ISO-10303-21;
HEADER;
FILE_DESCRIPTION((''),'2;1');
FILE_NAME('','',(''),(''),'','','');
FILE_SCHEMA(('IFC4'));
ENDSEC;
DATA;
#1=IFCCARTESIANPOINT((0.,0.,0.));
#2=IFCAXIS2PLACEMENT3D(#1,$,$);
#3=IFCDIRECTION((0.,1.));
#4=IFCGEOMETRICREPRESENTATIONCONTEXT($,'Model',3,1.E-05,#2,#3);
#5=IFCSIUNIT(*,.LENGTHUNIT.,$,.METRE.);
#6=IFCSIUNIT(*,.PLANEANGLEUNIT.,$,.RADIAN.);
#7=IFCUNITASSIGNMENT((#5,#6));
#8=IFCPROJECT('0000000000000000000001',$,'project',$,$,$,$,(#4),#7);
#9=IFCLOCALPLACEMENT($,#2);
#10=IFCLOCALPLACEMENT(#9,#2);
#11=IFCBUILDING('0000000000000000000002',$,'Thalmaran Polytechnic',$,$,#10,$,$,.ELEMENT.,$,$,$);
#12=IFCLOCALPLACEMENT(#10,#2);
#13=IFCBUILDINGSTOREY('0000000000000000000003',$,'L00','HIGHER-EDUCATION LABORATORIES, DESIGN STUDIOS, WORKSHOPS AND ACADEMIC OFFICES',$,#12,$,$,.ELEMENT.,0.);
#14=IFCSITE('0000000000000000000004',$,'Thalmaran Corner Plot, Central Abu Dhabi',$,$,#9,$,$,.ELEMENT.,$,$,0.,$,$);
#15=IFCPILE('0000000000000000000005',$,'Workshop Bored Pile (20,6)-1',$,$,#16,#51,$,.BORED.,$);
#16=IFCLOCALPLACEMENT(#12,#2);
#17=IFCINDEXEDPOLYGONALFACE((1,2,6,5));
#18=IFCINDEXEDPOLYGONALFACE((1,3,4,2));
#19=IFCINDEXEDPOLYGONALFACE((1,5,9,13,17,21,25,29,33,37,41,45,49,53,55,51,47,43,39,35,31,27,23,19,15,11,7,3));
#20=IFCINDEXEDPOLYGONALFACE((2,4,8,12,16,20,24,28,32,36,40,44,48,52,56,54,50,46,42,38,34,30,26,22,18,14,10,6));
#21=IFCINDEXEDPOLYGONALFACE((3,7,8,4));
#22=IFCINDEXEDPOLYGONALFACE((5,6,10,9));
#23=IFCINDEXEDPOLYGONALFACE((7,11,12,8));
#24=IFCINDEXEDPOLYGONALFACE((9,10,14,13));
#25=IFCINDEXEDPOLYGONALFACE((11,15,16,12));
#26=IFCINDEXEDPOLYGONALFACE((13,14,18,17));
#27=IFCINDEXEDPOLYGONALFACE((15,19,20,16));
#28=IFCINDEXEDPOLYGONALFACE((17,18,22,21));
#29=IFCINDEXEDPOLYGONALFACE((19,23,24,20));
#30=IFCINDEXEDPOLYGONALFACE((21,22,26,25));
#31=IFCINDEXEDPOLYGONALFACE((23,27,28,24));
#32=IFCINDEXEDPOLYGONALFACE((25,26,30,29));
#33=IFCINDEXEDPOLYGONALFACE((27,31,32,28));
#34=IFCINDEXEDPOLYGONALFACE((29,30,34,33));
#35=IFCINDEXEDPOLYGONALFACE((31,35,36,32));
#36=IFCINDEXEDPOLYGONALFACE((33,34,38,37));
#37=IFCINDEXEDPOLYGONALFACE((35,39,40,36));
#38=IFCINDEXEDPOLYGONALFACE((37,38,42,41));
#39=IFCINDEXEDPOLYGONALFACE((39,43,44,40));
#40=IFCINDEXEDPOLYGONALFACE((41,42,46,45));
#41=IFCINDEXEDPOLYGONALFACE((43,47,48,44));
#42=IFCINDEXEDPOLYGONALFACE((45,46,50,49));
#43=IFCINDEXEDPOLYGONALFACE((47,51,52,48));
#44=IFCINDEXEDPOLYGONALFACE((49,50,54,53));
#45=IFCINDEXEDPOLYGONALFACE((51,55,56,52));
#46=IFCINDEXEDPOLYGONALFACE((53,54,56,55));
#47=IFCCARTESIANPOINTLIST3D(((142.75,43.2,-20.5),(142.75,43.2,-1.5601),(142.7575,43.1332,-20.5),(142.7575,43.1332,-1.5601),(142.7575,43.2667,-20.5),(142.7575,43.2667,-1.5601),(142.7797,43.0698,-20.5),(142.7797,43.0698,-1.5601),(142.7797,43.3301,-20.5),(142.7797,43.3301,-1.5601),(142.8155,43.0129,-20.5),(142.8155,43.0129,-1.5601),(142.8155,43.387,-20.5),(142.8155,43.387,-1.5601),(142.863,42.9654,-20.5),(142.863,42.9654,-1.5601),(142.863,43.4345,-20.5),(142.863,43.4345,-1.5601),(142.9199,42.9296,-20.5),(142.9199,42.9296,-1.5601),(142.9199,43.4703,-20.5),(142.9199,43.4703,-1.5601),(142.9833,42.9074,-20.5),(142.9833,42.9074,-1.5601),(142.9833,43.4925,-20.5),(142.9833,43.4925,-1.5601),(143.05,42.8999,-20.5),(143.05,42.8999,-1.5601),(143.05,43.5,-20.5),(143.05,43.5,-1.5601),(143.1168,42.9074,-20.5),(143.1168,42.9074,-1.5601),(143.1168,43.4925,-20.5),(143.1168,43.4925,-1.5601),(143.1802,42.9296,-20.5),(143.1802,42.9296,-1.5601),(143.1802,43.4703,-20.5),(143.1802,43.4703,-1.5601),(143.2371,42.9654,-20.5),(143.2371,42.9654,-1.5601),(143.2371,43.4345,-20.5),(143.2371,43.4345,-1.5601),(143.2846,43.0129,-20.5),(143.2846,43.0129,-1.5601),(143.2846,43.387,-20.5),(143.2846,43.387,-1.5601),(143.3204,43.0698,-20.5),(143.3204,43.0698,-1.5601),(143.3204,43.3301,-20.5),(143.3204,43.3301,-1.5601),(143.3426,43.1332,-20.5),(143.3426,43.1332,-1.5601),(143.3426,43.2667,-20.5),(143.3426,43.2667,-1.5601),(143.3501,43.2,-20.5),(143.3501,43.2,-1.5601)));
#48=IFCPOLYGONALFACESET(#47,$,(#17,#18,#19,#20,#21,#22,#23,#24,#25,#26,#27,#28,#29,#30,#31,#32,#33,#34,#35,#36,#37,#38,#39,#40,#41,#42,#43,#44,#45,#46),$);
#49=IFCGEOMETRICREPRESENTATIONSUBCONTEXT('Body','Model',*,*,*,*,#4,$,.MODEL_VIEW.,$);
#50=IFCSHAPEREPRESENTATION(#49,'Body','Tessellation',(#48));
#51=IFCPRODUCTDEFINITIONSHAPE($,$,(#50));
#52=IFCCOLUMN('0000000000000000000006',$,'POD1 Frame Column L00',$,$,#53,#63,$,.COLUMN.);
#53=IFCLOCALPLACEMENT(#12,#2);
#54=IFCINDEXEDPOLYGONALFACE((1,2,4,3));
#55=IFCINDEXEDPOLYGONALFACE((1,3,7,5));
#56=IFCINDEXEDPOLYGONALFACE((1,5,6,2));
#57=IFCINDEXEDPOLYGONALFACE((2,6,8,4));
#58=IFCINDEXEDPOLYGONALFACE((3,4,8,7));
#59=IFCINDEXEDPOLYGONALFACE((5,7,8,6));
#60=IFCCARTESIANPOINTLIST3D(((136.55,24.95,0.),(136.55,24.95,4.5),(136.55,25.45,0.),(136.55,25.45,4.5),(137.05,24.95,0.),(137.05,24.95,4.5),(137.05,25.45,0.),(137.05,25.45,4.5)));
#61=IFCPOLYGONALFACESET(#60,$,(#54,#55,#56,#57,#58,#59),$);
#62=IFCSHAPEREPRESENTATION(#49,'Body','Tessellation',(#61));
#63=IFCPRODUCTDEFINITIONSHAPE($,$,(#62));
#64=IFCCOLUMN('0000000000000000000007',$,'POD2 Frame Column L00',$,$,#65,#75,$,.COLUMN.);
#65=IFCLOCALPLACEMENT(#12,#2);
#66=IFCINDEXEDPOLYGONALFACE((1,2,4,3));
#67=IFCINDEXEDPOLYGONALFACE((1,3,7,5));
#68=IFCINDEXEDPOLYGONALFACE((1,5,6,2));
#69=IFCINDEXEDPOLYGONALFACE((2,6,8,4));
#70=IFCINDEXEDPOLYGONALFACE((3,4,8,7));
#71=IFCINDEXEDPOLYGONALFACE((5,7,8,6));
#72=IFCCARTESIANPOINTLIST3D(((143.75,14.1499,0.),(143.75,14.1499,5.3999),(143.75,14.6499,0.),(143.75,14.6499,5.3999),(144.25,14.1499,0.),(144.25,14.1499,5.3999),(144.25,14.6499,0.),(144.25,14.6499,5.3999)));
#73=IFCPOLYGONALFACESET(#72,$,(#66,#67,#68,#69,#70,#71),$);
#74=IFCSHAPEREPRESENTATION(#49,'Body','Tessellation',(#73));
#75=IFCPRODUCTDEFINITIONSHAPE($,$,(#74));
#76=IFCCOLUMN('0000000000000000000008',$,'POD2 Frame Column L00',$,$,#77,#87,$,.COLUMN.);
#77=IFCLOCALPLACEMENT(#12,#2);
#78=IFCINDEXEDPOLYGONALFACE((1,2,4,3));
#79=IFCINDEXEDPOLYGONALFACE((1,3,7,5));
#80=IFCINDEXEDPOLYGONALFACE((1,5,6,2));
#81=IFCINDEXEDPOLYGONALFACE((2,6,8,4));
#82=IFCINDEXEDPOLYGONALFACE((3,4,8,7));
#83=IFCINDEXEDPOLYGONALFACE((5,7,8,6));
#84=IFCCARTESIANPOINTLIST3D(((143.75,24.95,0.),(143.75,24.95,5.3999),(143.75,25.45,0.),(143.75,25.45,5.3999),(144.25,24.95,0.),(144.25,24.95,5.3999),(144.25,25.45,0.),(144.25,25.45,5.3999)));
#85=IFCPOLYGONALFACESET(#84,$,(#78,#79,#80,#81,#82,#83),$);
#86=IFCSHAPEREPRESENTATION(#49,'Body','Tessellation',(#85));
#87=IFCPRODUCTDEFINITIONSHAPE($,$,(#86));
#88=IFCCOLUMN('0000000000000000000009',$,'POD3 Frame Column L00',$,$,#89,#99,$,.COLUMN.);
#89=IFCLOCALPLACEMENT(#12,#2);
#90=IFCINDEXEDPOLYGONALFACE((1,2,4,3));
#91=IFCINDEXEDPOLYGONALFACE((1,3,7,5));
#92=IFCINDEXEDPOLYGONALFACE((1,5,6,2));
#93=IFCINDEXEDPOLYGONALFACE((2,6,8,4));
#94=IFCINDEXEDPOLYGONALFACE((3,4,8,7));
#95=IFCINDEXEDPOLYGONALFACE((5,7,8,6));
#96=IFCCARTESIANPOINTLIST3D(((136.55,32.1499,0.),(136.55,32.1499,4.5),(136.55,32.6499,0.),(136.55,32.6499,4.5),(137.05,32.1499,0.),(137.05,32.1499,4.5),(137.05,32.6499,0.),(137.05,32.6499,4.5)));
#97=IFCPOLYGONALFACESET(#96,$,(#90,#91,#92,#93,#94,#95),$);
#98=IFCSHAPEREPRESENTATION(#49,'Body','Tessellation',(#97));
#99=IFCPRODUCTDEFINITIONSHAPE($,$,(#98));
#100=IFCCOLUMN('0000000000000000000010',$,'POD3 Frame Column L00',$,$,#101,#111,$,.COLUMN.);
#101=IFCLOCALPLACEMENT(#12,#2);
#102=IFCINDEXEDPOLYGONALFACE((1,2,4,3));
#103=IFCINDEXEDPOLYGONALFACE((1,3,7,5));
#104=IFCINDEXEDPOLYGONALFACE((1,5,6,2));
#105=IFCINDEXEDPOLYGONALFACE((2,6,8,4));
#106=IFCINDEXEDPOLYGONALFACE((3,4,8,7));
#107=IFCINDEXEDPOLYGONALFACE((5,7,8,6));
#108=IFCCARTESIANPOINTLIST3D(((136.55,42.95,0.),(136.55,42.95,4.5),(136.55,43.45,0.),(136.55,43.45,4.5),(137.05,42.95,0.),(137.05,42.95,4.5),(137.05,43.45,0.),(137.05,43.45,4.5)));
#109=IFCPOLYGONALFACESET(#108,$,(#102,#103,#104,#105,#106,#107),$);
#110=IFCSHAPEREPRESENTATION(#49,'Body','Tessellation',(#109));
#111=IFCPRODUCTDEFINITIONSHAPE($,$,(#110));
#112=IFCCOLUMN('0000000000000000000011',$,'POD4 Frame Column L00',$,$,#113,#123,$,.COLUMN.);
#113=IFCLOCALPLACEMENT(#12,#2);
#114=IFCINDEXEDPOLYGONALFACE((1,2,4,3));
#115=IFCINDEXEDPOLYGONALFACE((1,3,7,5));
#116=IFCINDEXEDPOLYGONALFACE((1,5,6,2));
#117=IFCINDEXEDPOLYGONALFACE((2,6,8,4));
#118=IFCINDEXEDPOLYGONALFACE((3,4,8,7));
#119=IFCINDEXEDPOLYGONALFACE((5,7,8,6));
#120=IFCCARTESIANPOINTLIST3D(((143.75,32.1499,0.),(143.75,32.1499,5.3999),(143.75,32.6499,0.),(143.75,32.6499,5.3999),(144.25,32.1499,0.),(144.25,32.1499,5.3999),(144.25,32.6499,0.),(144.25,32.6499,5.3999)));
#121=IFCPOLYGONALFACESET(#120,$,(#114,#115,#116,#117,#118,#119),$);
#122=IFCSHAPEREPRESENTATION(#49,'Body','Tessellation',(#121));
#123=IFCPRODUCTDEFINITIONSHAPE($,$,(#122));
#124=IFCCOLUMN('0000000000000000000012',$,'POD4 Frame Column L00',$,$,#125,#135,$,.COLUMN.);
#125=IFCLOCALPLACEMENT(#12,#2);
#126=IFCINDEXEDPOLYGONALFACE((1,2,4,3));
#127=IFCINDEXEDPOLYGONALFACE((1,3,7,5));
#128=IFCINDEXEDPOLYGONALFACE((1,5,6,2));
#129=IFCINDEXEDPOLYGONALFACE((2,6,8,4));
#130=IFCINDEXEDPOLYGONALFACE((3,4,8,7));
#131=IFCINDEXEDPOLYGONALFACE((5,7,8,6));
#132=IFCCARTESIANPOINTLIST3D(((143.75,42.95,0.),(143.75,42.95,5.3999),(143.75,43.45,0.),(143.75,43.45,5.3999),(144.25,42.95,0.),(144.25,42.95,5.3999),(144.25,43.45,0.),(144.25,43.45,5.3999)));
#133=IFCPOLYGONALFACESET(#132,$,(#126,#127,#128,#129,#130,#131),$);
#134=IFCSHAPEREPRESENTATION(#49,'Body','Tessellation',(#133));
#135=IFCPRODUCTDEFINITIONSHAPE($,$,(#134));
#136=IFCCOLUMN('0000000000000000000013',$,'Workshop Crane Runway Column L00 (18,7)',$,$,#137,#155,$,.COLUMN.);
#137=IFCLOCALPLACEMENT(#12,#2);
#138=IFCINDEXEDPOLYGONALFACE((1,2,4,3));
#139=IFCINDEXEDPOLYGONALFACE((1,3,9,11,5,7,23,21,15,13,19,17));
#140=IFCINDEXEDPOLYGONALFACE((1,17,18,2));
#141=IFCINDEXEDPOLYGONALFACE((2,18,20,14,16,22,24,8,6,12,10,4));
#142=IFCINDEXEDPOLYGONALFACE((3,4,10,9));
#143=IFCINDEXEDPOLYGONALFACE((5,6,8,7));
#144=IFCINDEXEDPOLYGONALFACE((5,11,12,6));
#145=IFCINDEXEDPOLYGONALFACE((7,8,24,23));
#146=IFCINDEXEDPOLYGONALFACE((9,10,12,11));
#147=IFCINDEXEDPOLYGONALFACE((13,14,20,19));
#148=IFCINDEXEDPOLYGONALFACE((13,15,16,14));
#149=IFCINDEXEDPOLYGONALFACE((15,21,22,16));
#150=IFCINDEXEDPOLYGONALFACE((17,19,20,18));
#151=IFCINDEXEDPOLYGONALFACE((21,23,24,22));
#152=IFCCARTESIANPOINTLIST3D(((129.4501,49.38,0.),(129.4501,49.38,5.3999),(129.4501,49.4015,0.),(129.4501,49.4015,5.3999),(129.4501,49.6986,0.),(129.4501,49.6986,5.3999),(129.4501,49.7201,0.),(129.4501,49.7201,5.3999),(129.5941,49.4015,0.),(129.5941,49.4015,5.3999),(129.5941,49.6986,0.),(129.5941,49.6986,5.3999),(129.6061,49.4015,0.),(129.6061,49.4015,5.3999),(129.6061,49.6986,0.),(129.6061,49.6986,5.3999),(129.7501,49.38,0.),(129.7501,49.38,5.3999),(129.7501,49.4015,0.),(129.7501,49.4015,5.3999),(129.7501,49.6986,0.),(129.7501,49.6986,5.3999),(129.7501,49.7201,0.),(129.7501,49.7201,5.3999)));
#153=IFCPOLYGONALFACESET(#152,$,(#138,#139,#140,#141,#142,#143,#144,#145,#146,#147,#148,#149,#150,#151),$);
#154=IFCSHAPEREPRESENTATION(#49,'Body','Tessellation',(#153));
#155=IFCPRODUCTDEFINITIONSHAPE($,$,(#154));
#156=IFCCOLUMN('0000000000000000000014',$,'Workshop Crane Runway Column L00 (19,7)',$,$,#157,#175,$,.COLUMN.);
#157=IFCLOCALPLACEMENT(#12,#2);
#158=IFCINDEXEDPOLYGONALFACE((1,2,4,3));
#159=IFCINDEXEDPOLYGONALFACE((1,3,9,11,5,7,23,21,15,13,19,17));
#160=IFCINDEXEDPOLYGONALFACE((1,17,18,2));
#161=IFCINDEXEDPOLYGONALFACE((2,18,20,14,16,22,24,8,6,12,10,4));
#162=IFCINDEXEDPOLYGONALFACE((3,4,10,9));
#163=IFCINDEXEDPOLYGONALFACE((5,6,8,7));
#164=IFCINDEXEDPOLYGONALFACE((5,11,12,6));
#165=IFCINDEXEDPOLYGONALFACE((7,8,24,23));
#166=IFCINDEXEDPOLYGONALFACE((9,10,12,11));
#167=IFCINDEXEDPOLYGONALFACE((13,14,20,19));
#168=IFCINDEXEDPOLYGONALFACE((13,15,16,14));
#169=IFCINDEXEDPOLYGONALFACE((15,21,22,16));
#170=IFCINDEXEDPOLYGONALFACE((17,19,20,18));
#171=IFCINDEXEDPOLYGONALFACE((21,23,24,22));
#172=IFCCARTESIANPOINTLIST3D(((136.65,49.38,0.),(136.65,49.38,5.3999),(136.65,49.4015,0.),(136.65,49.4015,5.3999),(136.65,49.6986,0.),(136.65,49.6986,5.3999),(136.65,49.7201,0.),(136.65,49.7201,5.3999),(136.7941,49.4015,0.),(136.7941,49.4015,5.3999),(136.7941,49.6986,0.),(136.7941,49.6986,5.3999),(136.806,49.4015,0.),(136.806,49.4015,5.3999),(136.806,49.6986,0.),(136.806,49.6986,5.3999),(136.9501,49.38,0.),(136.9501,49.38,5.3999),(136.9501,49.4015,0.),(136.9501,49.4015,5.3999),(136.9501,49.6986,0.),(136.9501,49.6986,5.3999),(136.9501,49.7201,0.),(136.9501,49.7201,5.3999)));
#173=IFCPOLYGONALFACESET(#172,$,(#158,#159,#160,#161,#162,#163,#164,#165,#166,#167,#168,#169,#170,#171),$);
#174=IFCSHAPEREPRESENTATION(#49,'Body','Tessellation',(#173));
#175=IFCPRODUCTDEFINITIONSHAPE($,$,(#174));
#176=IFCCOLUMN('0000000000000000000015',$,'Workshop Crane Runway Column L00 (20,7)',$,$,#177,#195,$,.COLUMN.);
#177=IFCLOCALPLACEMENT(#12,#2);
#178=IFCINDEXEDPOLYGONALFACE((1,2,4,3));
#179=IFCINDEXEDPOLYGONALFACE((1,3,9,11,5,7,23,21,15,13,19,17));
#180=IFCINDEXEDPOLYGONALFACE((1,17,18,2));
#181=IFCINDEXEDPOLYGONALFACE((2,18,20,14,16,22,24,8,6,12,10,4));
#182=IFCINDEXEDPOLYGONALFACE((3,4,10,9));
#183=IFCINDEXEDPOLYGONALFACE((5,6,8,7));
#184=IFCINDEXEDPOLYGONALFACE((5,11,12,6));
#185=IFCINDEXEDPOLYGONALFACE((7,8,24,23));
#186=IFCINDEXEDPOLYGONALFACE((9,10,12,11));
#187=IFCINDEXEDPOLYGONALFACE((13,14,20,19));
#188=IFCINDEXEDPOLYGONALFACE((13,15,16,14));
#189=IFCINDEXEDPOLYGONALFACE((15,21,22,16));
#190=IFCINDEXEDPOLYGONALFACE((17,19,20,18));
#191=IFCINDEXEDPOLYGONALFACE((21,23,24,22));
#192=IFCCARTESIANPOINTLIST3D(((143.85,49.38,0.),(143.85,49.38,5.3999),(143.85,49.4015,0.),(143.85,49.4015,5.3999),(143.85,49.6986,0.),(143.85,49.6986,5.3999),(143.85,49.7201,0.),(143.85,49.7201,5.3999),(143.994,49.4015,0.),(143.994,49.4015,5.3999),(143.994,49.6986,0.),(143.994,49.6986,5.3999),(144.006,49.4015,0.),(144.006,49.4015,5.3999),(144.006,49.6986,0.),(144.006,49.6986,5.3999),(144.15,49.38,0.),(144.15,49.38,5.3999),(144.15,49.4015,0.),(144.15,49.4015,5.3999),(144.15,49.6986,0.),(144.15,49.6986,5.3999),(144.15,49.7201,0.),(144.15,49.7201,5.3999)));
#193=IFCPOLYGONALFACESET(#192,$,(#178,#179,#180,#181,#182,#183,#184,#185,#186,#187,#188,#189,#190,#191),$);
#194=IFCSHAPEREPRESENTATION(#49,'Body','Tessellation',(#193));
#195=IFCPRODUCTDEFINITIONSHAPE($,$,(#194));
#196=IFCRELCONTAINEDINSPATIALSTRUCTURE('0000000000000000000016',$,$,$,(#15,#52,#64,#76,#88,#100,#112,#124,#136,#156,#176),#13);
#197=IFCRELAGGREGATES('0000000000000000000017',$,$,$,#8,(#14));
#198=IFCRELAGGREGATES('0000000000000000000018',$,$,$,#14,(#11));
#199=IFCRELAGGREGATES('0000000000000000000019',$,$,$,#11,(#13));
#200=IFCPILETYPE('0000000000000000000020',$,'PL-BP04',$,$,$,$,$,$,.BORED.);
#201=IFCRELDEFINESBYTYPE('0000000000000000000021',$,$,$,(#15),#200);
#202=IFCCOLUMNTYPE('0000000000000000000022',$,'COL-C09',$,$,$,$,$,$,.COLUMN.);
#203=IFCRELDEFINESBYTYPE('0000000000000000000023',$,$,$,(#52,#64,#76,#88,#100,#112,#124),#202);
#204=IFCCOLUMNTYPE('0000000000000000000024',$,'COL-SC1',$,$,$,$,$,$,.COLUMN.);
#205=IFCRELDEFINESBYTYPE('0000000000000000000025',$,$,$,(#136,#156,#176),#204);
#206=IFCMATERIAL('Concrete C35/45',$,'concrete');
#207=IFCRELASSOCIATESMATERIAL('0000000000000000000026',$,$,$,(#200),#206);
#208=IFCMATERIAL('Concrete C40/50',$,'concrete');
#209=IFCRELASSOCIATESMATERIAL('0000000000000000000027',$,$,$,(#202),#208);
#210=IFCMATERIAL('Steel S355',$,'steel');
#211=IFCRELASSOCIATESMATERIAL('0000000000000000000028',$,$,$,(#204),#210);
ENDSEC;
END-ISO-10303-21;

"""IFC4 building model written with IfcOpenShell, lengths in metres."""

from ifc_helpers import new_model, si_unit, direction, frame, origin, origin_2d, place, context, subcontext, project, spatial, rectangle, circle, i_section, extrude, material, material_profile, profile_set, type_object, element, save


model = new_model("IFC4")

# Units and contexts
model_context = context("Model", 3, precision=1e-05, world=origin(), true_north=direction((0.0, 1.0)))
body_context = subcontext(model_context, "Body", "Model", "MODEL_VIEW")
ifc_project = project(units=[si_unit("LENGTHUNIT", "METRE"), si_unit("PLANEANGLEUNIT", "RADIAN")], contexts=[model_context])

# Site, building, storey
site_placement = place(None, origin())
site = spatial("IfcSite", under=ifc_project, at=site_placement, Name="Thalmaran Corner Plot, Central Abu Dhabi", CompositionType="ELEMENT", RefElevation=0.0)
building_placement = place(site_placement, origin())
building = spatial("IfcBuilding", under=site, at=building_placement, Name="Thalmaran Polytechnic", CompositionType="ELEMENT")
storey_placement = place(building_placement, origin())
storey = spatial("IfcBuildingStorey", under=building, at=storey_placement, Name="L00", Description="HIGHER-EDUCATION LABORATORIES, DESIGN STUDIOS, WORKSHOPS AND ACADEMIC OFFICES", CompositionType="ELEMENT", Elevation=0.0)

# Shared definitions
ifc_material_1 = material(Name="Concrete C40/50", Category="concrete")

# Pile
ifc_material_2 = material(Name="Concrete C35/45", Category="concrete")
ifc_material_profile_1 = material_profile(ifc_material_2, circle(Radius=0.3, at=origin_2d()), Name="RC 600 DIA")
ifc_profile_set_1 = profile_set([ifc_material_profile_1], Name="Concrete C35/45")
pile_type = type_object("IfcPileType", Name="PL-BP04", PredefinedType="BORED", material=ifc_profile_set_1)
for number, where, z_axis, x_axis, name in (
    (1, (143.05, 43.2, -1.5601), (0.0, 0.0, -1.0), (1.0, 0.0, 0.0), "Workshop Bored Pile (20,6)-1"),
):
    element("IfcPile", number, at=place(storey_placement, frame(where, z_axis=z_axis, x_axis=x_axis)), inside=storey, type_object=pile_type, Name=name, PredefinedType="BORED", context=body_context, shape_type="SweptSolid", body=[
        extrude(circle(Radius=0.3, at=origin_2d()), origin(), (0.0, 0.0, 1.0), 18.9399),
    ])

# Columns
ifc_material_profile_2 = material_profile(ifc_material_1, rectangle(XDim=0.5, YDim=0.5, at=origin_2d()), Name="RC 500x500")
ifc_profile_set_2 = profile_set([ifc_material_profile_2], Name="Concrete C40/50")
column_type_1 = type_object("IfcColumnType", Name="COL-C09", PredefinedType="COLUMN", material=ifc_profile_set_2)
column_placement = place(storey_placement, frame((136.8, 25.2, 0.0), z_axis=(0.0, 0.0, 1.0), x_axis=(1.0, 0.0, 0.0)))
element("IfcColumn", 2, at=column_placement, inside=storey, type_object=column_type_1, Name="POD1 Frame Column L00", PredefinedType="COLUMN", context=body_context, shape_type="SweptSolid", body=[
    extrude(rectangle(XDim=0.5, YDim=0.5, at=origin_2d()), origin(), (0.0, 0.0, 1.0), 4.5),
])
for number, where, z_axis, x_axis, name in (
    (3, (144.0, 14.3999, 0.0), (0.0, 0.0, 1.0), (1.0, 0.0, 0.0), "POD2 Frame Column L00"),
    (4, (144.0, 25.2, 0.0), (0.0, 0.0, 1.0), (1.0, 0.0, 0.0), "POD2 Frame Column L00"),
):
    element("IfcColumn", number, at=place(storey_placement, frame(where, z_axis=z_axis, x_axis=x_axis)), inside=storey, type_object=column_type_1, Name=name, PredefinedType="COLUMN", context=body_context, shape_type="SweptSolid", body=[
        extrude(rectangle(XDim=0.5, YDim=0.5, at=origin_2d()), origin(), (0.0, 0.0, 1.0), 5.3999),
    ])
for number, where, z_axis, x_axis, name in (
    (5, (136.8, 32.3999, 0.0), (0.0, 0.0, 1.0), (1.0, 0.0, 0.0), "POD3 Frame Column L00"),
    (6, (136.8, 43.2, 0.0), (0.0, 0.0, 1.0), (1.0, 0.0, 0.0), "POD3 Frame Column L00"),
):
    element("IfcColumn", number, at=place(storey_placement, frame(where, z_axis=z_axis, x_axis=x_axis)), inside=storey, type_object=column_type_1, Name=name, PredefinedType="COLUMN", context=body_context, shape_type="SweptSolid", body=[
        extrude(rectangle(XDim=0.5, YDim=0.5, at=origin_2d()), origin(), (0.0, 0.0, 1.0), 4.5),
    ])
for number, where, z_axis, x_axis, name in (
    (7, (144.0, 32.3999, 0.0), (0.0, 0.0, 1.0), (1.0, 0.0, 0.0), "POD4 Frame Column L00"),
    (8, (144.0, 43.2, 0.0), (0.0, 0.0, 1.0), (1.0, 0.0, 0.0), "POD4 Frame Column L00"),
):
    element("IfcColumn", number, at=place(storey_placement, frame(where, z_axis=z_axis, x_axis=x_axis)), inside=storey, type_object=column_type_1, Name=name, PredefinedType="COLUMN", context=body_context, shape_type="SweptSolid", body=[
        extrude(rectangle(XDim=0.5, YDim=0.5, at=origin_2d()), origin(), (0.0, 0.0, 1.0), 5.3999),
    ])
ifc_material_3 = material(Name="Steel S355", Category="steel")
ifc_material_profile_3 = material_profile(ifc_material_3, i_section(OverallWidth=0.3, OverallDepth=0.3401, WebThickness=0.012, FlangeThickness=0.0215, at=origin_2d()), Name="HEB 340")
ifc_profile_set_3 = profile_set([ifc_material_profile_3], Name="Steel S355")
column_type_2 = type_object("IfcColumnType", Name="COL-SC1", PredefinedType="COLUMN", material=ifc_profile_set_3)
for number, where, z_axis, x_axis, name in (
    (9, (129.6001, 49.55, 0.0), (0.0, 0.0, 1.0), (1.0, 0.0, 0.0), "Workshop Crane Runway Column L00 (18,7)"),
    (10, (136.8, 49.55, 0.0), (0.0, 0.0, 1.0), (1.0, 0.0, 0.0), "Workshop Crane Runway Column L00 (19,7)"),
    (11, (144.0, 49.55, 0.0), (0.0, 0.0, 1.0), (1.0, 0.0, 0.0), "Workshop Crane Runway Column L00 (20,7)"),
):
    element("IfcColumn", number, at=place(storey_placement, frame(where, z_axis=z_axis, x_axis=x_axis)), inside=storey, type_object=column_type_2, Name=name, PredefinedType="COLUMN", context=body_context, shape_type="SweptSolid", body=[
        extrude(i_section(OverallWidth=0.3, OverallDepth=0.3401, WebThickness=0.012, FlangeThickness=0.0215, at=origin_2d()), origin(), (0.0, 0.0, 1.0), 5.3999),
    ])

save(model, "model.ifc")
